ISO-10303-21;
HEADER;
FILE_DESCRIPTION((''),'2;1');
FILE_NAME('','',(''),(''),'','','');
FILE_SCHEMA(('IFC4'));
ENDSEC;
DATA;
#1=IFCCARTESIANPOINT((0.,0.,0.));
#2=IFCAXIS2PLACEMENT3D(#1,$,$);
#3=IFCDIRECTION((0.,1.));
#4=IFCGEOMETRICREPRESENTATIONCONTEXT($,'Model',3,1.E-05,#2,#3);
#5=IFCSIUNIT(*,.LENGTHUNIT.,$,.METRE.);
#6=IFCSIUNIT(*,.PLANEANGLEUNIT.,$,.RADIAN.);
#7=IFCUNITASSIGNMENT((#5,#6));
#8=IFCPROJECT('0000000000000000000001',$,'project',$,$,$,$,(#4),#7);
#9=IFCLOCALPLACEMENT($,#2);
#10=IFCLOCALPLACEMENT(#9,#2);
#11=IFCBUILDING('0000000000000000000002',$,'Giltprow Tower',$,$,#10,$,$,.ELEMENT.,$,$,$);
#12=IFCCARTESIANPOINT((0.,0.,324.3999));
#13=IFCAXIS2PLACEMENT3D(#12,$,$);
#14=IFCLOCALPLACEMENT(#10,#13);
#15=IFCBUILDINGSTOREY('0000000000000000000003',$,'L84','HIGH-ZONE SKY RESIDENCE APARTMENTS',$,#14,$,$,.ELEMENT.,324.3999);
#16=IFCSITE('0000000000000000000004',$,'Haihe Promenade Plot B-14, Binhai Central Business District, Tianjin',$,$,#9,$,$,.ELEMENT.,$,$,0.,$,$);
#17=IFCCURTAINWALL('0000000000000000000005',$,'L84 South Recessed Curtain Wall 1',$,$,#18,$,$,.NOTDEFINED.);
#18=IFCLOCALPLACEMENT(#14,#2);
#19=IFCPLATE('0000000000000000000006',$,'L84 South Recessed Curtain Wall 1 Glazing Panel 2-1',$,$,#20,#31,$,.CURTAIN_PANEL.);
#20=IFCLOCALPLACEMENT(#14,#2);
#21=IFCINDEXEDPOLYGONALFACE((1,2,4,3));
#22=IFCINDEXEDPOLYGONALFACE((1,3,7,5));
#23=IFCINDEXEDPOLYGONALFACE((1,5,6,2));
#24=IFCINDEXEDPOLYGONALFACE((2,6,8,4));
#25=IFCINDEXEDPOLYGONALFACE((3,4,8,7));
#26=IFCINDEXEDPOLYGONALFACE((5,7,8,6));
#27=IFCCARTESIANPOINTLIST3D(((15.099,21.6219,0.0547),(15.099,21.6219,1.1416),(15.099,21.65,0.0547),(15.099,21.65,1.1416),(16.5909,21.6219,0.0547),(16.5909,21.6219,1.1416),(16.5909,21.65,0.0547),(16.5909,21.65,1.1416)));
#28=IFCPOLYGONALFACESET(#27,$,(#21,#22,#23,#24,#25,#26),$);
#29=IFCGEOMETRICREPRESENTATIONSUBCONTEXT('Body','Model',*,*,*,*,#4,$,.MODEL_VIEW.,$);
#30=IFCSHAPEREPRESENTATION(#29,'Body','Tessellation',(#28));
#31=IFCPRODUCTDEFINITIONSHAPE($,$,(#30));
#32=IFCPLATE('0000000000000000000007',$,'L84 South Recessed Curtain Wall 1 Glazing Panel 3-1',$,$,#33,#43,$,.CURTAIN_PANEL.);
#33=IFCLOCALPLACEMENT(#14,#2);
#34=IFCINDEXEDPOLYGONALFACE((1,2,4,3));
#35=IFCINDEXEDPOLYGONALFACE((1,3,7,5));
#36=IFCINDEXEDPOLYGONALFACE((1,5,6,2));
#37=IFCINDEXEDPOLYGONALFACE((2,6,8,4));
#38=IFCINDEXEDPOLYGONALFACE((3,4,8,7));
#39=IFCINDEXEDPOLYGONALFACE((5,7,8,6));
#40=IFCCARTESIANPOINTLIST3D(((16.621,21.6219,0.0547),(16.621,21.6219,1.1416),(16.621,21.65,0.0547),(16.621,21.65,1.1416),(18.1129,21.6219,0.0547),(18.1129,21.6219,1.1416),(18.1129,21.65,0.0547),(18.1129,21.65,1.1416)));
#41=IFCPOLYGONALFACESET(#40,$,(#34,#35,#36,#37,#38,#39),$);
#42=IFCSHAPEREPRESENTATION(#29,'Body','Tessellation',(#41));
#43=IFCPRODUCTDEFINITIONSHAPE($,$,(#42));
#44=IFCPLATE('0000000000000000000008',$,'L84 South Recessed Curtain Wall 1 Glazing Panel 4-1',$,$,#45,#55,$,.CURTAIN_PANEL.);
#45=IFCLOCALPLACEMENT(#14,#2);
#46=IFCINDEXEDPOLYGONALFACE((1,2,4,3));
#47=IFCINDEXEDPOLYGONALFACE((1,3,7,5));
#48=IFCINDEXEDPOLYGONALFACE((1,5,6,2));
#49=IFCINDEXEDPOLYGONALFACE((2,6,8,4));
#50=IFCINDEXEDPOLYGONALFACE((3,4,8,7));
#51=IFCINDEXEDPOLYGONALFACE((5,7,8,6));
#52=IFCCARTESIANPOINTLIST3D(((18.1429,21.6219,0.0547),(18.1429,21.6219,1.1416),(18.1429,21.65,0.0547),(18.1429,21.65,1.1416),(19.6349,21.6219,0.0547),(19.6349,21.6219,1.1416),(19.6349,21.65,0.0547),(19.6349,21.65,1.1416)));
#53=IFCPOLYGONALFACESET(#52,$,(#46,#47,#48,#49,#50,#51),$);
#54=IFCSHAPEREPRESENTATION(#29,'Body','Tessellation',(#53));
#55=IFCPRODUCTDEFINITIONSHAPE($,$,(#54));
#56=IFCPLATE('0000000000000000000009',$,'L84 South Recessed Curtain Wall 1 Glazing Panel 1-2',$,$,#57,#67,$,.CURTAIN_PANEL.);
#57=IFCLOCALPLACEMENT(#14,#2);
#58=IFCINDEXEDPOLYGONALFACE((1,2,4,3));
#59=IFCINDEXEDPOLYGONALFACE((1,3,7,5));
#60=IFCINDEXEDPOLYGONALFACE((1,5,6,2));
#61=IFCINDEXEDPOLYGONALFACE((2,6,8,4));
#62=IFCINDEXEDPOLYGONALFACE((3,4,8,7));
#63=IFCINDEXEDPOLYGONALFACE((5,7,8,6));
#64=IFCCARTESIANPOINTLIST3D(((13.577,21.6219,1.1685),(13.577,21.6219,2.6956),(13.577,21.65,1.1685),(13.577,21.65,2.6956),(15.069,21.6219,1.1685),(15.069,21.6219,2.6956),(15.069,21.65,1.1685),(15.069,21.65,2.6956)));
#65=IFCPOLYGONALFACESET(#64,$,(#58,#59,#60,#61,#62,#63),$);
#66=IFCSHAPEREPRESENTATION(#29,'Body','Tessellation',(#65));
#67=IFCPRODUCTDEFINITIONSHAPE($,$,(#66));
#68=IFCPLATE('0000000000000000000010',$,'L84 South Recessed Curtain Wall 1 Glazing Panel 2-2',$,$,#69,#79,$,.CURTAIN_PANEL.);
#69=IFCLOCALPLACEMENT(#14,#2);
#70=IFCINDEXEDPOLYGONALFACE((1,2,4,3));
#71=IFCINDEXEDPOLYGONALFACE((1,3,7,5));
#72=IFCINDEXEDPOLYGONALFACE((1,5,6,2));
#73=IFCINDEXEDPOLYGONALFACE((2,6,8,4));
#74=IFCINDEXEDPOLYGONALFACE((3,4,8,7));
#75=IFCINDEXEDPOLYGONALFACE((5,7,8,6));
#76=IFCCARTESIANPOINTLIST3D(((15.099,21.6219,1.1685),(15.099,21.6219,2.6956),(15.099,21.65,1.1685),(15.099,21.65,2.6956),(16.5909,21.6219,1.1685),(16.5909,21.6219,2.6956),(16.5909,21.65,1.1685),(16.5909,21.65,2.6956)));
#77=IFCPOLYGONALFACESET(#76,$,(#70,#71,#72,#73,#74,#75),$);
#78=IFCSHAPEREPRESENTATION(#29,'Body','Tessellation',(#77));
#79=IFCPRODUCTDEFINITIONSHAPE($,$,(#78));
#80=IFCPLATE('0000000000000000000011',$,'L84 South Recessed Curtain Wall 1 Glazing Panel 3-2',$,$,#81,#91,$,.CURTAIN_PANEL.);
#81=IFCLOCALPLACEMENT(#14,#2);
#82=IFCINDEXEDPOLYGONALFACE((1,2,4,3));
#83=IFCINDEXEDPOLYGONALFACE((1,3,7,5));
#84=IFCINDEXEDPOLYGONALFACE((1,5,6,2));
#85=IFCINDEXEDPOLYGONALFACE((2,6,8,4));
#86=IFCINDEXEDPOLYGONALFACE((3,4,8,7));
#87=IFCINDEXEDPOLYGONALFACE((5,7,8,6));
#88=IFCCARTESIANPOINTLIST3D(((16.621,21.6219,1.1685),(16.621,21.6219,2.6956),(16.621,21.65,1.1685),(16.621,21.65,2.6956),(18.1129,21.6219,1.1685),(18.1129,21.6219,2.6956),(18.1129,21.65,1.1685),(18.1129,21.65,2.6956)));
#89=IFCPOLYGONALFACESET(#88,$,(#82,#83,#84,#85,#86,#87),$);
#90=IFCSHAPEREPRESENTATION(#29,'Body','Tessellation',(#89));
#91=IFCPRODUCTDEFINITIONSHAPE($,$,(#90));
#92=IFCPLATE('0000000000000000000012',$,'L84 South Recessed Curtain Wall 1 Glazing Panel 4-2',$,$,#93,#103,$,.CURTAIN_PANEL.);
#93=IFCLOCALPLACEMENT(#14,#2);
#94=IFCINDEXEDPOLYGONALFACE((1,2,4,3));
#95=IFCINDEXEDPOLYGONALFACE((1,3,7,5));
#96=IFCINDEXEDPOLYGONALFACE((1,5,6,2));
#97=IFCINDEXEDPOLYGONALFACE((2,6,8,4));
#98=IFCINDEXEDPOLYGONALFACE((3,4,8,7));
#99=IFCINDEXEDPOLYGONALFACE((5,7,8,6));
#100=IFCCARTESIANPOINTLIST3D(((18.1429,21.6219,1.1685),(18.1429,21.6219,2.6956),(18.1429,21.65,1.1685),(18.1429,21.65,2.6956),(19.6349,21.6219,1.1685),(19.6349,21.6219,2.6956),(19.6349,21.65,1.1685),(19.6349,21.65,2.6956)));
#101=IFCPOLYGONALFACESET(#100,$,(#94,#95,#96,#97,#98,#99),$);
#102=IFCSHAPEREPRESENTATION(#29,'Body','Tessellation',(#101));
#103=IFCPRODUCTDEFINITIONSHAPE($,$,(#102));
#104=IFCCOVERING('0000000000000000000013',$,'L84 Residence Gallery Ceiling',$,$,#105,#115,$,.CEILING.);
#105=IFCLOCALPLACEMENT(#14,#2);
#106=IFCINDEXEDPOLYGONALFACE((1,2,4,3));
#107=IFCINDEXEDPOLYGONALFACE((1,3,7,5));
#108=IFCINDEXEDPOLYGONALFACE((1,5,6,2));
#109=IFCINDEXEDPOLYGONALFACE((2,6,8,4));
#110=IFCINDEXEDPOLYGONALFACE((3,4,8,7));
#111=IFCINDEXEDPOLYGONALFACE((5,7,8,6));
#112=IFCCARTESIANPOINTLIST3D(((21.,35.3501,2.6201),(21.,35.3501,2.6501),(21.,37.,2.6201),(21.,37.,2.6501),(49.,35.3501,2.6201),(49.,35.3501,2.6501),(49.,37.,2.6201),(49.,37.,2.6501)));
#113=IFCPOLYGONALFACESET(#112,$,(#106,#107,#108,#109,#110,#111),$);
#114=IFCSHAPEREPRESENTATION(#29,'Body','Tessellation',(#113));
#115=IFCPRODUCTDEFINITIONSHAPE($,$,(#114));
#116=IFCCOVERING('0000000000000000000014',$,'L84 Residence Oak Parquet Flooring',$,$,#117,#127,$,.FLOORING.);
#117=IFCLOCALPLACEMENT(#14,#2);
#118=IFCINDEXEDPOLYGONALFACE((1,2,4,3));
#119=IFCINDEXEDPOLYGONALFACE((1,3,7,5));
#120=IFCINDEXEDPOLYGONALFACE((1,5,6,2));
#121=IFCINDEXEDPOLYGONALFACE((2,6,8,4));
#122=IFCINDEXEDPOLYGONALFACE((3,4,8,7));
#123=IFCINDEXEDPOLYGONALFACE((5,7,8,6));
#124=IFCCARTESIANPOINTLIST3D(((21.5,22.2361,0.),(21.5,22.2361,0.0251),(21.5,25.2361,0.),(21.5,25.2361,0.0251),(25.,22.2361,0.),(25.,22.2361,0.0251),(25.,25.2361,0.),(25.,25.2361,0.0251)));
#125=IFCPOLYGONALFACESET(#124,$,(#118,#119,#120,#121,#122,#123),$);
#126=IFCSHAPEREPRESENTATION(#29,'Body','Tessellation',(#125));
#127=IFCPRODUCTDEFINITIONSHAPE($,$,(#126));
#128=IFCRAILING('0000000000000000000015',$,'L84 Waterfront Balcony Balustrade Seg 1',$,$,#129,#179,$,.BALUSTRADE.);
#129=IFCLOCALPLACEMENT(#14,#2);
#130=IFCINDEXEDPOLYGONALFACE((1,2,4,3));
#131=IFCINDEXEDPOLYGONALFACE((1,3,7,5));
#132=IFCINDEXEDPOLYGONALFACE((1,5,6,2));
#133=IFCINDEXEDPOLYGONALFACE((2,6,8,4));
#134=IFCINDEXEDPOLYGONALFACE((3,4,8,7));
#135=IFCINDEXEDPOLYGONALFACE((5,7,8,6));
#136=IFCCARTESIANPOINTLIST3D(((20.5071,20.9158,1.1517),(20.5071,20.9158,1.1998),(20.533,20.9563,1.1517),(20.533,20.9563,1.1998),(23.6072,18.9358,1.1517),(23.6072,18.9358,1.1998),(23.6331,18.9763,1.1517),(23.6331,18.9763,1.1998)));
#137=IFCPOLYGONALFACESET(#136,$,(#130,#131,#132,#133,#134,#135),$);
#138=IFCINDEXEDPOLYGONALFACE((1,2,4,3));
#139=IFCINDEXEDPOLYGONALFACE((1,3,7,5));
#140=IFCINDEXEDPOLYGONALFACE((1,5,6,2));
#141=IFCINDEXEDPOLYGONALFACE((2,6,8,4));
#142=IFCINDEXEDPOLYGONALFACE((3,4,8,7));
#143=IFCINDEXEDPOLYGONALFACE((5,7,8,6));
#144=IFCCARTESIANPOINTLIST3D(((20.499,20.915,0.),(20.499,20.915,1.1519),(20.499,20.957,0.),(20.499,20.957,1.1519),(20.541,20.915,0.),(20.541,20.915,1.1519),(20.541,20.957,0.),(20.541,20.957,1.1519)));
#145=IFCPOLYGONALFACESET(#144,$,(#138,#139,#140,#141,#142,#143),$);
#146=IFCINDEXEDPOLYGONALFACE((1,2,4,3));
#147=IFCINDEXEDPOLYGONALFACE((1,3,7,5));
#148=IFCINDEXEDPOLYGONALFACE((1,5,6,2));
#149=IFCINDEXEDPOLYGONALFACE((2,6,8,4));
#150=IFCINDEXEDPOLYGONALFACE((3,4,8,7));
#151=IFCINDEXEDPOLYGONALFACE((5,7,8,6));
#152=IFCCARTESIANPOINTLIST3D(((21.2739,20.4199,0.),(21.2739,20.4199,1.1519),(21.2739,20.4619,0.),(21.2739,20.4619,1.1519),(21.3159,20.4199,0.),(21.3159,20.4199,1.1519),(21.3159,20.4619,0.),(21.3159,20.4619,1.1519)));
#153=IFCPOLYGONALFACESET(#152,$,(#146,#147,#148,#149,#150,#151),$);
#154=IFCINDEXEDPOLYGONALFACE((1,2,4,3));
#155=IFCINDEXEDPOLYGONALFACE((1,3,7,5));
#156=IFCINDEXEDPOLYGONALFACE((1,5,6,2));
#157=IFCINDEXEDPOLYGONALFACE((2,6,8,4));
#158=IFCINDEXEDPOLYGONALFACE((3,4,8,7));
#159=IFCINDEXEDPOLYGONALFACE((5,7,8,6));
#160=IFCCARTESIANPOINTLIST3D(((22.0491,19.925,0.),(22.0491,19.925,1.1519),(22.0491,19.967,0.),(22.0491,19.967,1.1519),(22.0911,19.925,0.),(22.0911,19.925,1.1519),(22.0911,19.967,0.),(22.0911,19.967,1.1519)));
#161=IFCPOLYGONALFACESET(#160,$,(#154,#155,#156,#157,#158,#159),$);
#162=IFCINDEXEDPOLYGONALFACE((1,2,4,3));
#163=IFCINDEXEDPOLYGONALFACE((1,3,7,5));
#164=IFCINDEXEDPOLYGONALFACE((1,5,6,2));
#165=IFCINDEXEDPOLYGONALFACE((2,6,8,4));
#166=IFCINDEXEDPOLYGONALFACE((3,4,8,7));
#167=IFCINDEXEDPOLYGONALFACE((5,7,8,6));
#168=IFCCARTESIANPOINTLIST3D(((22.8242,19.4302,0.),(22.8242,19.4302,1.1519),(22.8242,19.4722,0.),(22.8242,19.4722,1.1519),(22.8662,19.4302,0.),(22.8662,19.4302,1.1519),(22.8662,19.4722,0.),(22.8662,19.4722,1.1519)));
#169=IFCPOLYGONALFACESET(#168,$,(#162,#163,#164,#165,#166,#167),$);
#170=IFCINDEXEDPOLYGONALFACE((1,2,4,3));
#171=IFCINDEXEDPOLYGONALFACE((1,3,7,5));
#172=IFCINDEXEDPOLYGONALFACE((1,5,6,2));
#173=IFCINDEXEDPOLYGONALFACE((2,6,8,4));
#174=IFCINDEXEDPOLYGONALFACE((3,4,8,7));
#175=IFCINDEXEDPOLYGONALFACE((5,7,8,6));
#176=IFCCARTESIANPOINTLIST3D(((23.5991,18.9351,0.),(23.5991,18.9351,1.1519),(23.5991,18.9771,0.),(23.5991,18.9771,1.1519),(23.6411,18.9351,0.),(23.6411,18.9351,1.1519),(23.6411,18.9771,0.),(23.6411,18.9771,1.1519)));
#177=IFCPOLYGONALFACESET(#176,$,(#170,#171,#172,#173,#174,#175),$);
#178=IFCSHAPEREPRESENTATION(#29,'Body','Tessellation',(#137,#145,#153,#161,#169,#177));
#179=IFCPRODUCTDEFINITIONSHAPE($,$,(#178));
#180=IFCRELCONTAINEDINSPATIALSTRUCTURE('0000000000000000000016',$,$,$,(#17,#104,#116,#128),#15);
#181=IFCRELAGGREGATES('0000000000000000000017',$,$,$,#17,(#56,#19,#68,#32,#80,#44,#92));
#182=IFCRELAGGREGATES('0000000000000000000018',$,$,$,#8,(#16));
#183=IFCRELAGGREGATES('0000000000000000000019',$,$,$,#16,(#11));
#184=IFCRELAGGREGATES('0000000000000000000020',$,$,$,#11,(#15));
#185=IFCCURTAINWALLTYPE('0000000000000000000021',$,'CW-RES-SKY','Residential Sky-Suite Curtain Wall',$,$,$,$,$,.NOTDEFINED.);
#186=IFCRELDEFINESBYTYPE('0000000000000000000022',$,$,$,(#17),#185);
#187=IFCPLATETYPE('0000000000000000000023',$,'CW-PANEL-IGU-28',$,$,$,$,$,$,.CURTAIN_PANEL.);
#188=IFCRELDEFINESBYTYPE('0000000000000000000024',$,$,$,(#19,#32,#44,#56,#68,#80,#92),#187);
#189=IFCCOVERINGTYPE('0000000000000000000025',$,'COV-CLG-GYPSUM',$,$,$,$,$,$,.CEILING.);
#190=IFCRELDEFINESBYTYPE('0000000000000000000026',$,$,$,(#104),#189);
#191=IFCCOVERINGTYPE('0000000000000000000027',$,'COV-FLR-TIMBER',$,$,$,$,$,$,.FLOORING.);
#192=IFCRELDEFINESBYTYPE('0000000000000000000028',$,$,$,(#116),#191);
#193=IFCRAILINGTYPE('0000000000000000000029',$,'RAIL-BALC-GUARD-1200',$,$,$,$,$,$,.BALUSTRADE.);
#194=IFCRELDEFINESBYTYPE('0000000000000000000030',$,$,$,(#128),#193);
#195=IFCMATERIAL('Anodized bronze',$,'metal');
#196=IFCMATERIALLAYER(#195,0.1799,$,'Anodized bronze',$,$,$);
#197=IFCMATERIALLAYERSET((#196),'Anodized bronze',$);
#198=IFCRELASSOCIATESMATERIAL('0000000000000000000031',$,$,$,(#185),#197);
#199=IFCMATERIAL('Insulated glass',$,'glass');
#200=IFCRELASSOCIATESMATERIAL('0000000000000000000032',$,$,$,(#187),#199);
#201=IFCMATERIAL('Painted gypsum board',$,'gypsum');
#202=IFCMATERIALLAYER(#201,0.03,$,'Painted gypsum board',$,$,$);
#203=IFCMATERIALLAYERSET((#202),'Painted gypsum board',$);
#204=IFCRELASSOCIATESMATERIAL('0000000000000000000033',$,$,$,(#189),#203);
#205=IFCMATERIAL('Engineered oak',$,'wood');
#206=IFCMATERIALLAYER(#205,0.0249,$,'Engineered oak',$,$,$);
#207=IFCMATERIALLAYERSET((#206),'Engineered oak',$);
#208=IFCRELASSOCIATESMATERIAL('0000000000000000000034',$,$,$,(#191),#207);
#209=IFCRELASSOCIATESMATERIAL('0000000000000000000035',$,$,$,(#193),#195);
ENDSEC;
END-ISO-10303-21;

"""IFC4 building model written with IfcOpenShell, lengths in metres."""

from ifc_helpers import new_model, si_unit, direction, frame, origin, origin_2d, place, context, subcontext, project, spatial, polyline, rectangle, outline, extrude, source, transform, mapped, material, layer, layer_set, type_object, element, aggregate, save


model = new_model("IFC4")

# Units and contexts
model_context = context("Model", 3, precision=1e-05, world=origin(), true_north=direction((0.0, 1.0)))
body_context = subcontext(model_context, "Body", "Model", "MODEL_VIEW")
ifc_project = project(units=[si_unit("LENGTHUNIT", "METRE"), si_unit("PLANEANGLEUNIT", "RADIAN")], contexts=[model_context])

# Site, building, storey
site_placement = place(None, origin())
site = spatial("IfcSite", under=ifc_project, at=site_placement, Name="Haihe Promenade Plot B-14, Binhai Central Business District, Tianjin", CompositionType="ELEMENT", RefElevation=0.0)
building_placement = place(site_placement, origin())
building = spatial("IfcBuilding", under=site, at=building_placement, Name="Giltprow Tower", CompositionType="ELEMENT")
storey_placement = place(building_placement, frame((0.0, 0.0, 324.3999)))
storey = spatial("IfcBuildingStorey", under=building, at=storey_placement, Name="L84", Description="HIGH-ZONE SKY RESIDENCE APARTMENTS", CompositionType="ELEMENT", Elevation=324.3999)

# Curtain wall
ifc_material_1 = material(Name="Anodized bronze", Category="metal")
ifc_layer_1 = layer(ifc_material_1, 0.1799, Name="Anodized bronze")
ifc_layer_set_1 = layer_set([ifc_layer_1], Name="Anodized bronze")
curtain_wall_type = type_object("IfcCurtainWallType", Name="CW-RES-SKY", Description="Residential Sky-Suite Curtain Wall", PredefinedType="NOTDEFINED", material=ifc_layer_set_1)
curtain_wall_placement = place(storey_placement, origin())
curtain_wall = element("IfcCurtainWall", 1, at=curtain_wall_placement, inside=storey, type_object=curtain_wall_type, Name="L84 South Recessed Curtain Wall 1", PredefinedType="NOTDEFINED")

# Plates
ifc_material_2 = material(Name="Insulated glass", Category="glass")
plate_type = type_object("IfcPlateType", Name="CW-PANEL-IGU-28", PredefinedType="CURTAIN_PANEL", material=ifc_material_2)
shared_shape_1 = source(origin(), body_context, "Body", "SweptSolid", [
    extrude(rectangle(XDim=1.4919, YDim=0.0281, at=origin_2d()), origin(), (0.0, 0.0, 1.0), 1.0869),
])
plate_1_placement = place(storey_placement, frame((15.845, 21.636, 0.0547), z_axis=(0.0, 0.0, 1.0), x_axis=(1.0, 0.0, 0.0)))
plate_1 = element("IfcPlate", 2, at=plate_1_placement, type_object=plate_type, Name="L84 South Recessed Curtain Wall 1 Glazing Panel 2-1", PredefinedType="CURTAIN_PANEL", context=body_context, shape_type="MappedRepresentation", body=[
    mapped(shared_shape_1, transform((0.0, 0.0, 0.0), x_axis=(1.0, 0.0, 0.0), y_axis=(0.0, 1.0, 0.0), z_axis=(0.0, 0.0, 1.0), scale=1.0)),
])
plate_2_placement = place(storey_placement, frame((17.3669, 21.636, 0.0547), z_axis=(0.0, 0.0, 1.0), x_axis=(1.0, 0.0, 0.0)))
plate_2 = element("IfcPlate", 3, at=plate_2_placement, type_object=plate_type, Name="L84 South Recessed Curtain Wall 1 Glazing Panel 3-1", PredefinedType="CURTAIN_PANEL", context=body_context, shape_type="MappedRepresentation", body=[
    mapped(shared_shape_1, transform((0.0, 0.0, 0.0), x_axis=(1.0, 0.0, 0.0), y_axis=(0.0, 1.0, 0.0), z_axis=(0.0, 0.0, 1.0), scale=1.0)),
])
plate_3_placement = place(storey_placement, frame((18.8889, 21.636, 0.0547), z_axis=(0.0, 0.0, 1.0), x_axis=(1.0, 0.0, 0.0)))
plate_3 = element("IfcPlate", 4, at=plate_3_placement, type_object=plate_type, Name="L84 South Recessed Curtain Wall 1 Glazing Panel 4-1", PredefinedType="CURTAIN_PANEL", context=body_context, shape_type="MappedRepresentation", body=[
    mapped(shared_shape_1, transform((0.0, 0.0, 0.0), x_axis=(1.0, 0.0, 0.0), y_axis=(0.0, 1.0, 0.0), z_axis=(0.0, 0.0, 1.0), scale=1.0)),
])
shared_shape_2 = source(origin(), body_context, "Body", "SweptSolid", [
    extrude(rectangle(XDim=1.4919, YDim=0.0281, at=origin_2d()), origin(), (0.0, 0.0, 1.0), 1.5271),
])
plate_4_placement = place(storey_placement, frame((14.323, 21.636, 1.1685), z_axis=(0.0, 0.0, 1.0), x_axis=(1.0, 0.0, 0.0)))
plate_4 = element("IfcPlate", 5, at=plate_4_placement, type_object=plate_type, Name="L84 South Recessed Curtain Wall 1 Glazing Panel 1-2", PredefinedType="CURTAIN_PANEL", context=body_context, shape_type="MappedRepresentation", body=[
    mapped(shared_shape_2, transform((0.0, 0.0, 0.0), x_axis=(1.0, 0.0, 0.0), y_axis=(0.0, 1.0, 0.0), z_axis=(0.0, 0.0, 1.0), scale=1.0)),
])
plate_5_placement = place(storey_placement, frame((15.845, 21.636, 1.1685), z_axis=(0.0, 0.0, 1.0), x_axis=(1.0, 0.0, 0.0)))
plate_5 = element("IfcPlate", 6, at=plate_5_placement, type_object=plate_type, Name="L84 South Recessed Curtain Wall 1 Glazing Panel 2-2", PredefinedType="CURTAIN_PANEL", context=body_context, shape_type="MappedRepresentation", body=[
    mapped(shared_shape_2, transform((0.0, 0.0, 0.0), x_axis=(1.0, 0.0, 0.0), y_axis=(0.0, 1.0, 0.0), z_axis=(0.0, 0.0, 1.0), scale=1.0)),
])
plate_6_placement = place(storey_placement, frame((17.3669, 21.636, 1.1685), z_axis=(0.0, 0.0, 1.0), x_axis=(1.0, 0.0, 0.0)))
plate_6 = element("IfcPlate", 7, at=plate_6_placement, type_object=plate_type, Name="L84 South Recessed Curtain Wall 1 Glazing Panel 3-2", PredefinedType="CURTAIN_PANEL", context=body_context, shape_type="MappedRepresentation", body=[
    mapped(shared_shape_2, transform((0.0, 0.0, 0.0), x_axis=(1.0, 0.0, 0.0), y_axis=(0.0, 1.0, 0.0), z_axis=(0.0, 0.0, 1.0), scale=1.0)),
])
plate_7_placement = place(storey_placement, frame((18.8889, 21.636, 1.1685), z_axis=(0.0, 0.0, 1.0), x_axis=(1.0, 0.0, 0.0)))
plate_7 = element("IfcPlate", 8, at=plate_7_placement, type_object=plate_type, Name="L84 South Recessed Curtain Wall 1 Glazing Panel 4-2", PredefinedType="CURTAIN_PANEL", context=body_context, shape_type="MappedRepresentation", body=[
    mapped(shared_shape_2, transform((0.0, 0.0, 0.0), x_axis=(1.0, 0.0, 0.0), y_axis=(0.0, 1.0, 0.0), z_axis=(0.0, 0.0, 1.0), scale=1.0)),
])
aggregate(curtain_wall, [plate_4, plate_1, plate_5, plate_2, plate_6, plate_3, plate_7])

# Coverings
ifc_material_3 = material(Name="Painted gypsum board", Category="gypsum")
ifc_layer_2 = layer(ifc_material_3, 0.03, Name="Painted gypsum board")
ifc_layer_set_2 = layer_set([ifc_layer_2], Name="Painted gypsum board")
covering_type_1 = type_object("IfcCoveringType", Name="COV-CLG-GYPSUM", PredefinedType="CEILING", material=ifc_layer_set_2)
covering_1_placement = place(storey_placement, frame((0.0, 0.0, 2.6201)))
element("IfcCovering", 9, at=covering_1_placement, inside=storey, type_object=covering_type_1, Name="L84 Residence Gallery Ceiling", PredefinedType="CEILING", context=body_context, shape_type="SweptSolid", body=[
    extrude(outline(polyline([(21.0, 35.3501), (49.0, 35.3501), (49.0, 37.0), (21.0, 37.0), (21.0, 35.3501)])), origin(), (0.0, 0.0, 1.0), 0.03),
])
ifc_material_4 = material(Name="Engineered oak", Category="wood")
ifc_layer_3 = layer(ifc_material_4, 0.0249, Name="Engineered oak")
ifc_layer_set_3 = layer_set([ifc_layer_3], Name="Engineered oak")
covering_type_2 = type_object("IfcCoveringType", Name="COV-FLR-TIMBER", PredefinedType="FLOORING", material=ifc_layer_set_3)
covering_2_placement = place(storey_placement, origin())
element("IfcCovering", 10, at=covering_2_placement, inside=storey, type_object=covering_type_2, Name="L84 Residence Oak Parquet Flooring", PredefinedType="FLOORING", context=body_context, shape_type="SweptSolid", body=[
    extrude(outline(polyline([(21.5, 22.2361), (25.0, 22.2361), (25.0, 25.2361), (21.5, 25.2361), (21.5, 22.2361)])), origin(), (0.0, 0.0, 1.0), 0.0251),
])

# Railing
railing_type = type_object("IfcRailingType", Name="RAIL-BALC-GUARD-1200", PredefinedType="BALUSTRADE", material=ifc_material_1)
railing_1_placement = place(storey_placement, frame((20.52, 20.936, 0.0)))
element("IfcRailing", 11, at=railing_1_placement, inside=storey, type_object=railing_type, Name="L84 Waterfront Balcony Balustrade Seg 1", PredefinedType="BALUSTRADE", context=body_context, shape_type="SweptSolid", body=[
    extrude(rectangle(XDim=0.0481, YDim=0.0481, at=origin_2d()), frame((0.0, 0.0, 1.1758), z_axis=(0.842775, -0.538266, 0.0), x_axis=(0.538266, 0.842775, 0.0)), (0.0, 0.0, 1.0), 3.6785),
    extrude(rectangle(XDim=0.042, YDim=0.042, at=origin_2d()), origin(), (0.0, 0.0, 1.0), 1.1519),
    extrude(rectangle(XDim=0.042, YDim=0.042, at=origin_2d()), frame((0.7749, -0.4951, 0.0)), (0.0, 0.0, 1.0), 1.1519),
    extrude(rectangle(XDim=0.042, YDim=0.042, at=origin_2d()), frame((1.55, -0.99, 0.0)), (0.0, 0.0, 1.0), 1.1519),
    extrude(rectangle(XDim=0.042, YDim=0.042, at=origin_2d()), frame((2.3252, -1.4849, 0.0)), (0.0, 0.0, 1.0), 1.1519),
    extrude(rectangle(XDim=0.042, YDim=0.042, at=origin_2d()), frame((3.1001, -1.98, 0.0)), (0.0, 0.0, 1.0), 1.1519),
])

save(model, "model.ifc")
